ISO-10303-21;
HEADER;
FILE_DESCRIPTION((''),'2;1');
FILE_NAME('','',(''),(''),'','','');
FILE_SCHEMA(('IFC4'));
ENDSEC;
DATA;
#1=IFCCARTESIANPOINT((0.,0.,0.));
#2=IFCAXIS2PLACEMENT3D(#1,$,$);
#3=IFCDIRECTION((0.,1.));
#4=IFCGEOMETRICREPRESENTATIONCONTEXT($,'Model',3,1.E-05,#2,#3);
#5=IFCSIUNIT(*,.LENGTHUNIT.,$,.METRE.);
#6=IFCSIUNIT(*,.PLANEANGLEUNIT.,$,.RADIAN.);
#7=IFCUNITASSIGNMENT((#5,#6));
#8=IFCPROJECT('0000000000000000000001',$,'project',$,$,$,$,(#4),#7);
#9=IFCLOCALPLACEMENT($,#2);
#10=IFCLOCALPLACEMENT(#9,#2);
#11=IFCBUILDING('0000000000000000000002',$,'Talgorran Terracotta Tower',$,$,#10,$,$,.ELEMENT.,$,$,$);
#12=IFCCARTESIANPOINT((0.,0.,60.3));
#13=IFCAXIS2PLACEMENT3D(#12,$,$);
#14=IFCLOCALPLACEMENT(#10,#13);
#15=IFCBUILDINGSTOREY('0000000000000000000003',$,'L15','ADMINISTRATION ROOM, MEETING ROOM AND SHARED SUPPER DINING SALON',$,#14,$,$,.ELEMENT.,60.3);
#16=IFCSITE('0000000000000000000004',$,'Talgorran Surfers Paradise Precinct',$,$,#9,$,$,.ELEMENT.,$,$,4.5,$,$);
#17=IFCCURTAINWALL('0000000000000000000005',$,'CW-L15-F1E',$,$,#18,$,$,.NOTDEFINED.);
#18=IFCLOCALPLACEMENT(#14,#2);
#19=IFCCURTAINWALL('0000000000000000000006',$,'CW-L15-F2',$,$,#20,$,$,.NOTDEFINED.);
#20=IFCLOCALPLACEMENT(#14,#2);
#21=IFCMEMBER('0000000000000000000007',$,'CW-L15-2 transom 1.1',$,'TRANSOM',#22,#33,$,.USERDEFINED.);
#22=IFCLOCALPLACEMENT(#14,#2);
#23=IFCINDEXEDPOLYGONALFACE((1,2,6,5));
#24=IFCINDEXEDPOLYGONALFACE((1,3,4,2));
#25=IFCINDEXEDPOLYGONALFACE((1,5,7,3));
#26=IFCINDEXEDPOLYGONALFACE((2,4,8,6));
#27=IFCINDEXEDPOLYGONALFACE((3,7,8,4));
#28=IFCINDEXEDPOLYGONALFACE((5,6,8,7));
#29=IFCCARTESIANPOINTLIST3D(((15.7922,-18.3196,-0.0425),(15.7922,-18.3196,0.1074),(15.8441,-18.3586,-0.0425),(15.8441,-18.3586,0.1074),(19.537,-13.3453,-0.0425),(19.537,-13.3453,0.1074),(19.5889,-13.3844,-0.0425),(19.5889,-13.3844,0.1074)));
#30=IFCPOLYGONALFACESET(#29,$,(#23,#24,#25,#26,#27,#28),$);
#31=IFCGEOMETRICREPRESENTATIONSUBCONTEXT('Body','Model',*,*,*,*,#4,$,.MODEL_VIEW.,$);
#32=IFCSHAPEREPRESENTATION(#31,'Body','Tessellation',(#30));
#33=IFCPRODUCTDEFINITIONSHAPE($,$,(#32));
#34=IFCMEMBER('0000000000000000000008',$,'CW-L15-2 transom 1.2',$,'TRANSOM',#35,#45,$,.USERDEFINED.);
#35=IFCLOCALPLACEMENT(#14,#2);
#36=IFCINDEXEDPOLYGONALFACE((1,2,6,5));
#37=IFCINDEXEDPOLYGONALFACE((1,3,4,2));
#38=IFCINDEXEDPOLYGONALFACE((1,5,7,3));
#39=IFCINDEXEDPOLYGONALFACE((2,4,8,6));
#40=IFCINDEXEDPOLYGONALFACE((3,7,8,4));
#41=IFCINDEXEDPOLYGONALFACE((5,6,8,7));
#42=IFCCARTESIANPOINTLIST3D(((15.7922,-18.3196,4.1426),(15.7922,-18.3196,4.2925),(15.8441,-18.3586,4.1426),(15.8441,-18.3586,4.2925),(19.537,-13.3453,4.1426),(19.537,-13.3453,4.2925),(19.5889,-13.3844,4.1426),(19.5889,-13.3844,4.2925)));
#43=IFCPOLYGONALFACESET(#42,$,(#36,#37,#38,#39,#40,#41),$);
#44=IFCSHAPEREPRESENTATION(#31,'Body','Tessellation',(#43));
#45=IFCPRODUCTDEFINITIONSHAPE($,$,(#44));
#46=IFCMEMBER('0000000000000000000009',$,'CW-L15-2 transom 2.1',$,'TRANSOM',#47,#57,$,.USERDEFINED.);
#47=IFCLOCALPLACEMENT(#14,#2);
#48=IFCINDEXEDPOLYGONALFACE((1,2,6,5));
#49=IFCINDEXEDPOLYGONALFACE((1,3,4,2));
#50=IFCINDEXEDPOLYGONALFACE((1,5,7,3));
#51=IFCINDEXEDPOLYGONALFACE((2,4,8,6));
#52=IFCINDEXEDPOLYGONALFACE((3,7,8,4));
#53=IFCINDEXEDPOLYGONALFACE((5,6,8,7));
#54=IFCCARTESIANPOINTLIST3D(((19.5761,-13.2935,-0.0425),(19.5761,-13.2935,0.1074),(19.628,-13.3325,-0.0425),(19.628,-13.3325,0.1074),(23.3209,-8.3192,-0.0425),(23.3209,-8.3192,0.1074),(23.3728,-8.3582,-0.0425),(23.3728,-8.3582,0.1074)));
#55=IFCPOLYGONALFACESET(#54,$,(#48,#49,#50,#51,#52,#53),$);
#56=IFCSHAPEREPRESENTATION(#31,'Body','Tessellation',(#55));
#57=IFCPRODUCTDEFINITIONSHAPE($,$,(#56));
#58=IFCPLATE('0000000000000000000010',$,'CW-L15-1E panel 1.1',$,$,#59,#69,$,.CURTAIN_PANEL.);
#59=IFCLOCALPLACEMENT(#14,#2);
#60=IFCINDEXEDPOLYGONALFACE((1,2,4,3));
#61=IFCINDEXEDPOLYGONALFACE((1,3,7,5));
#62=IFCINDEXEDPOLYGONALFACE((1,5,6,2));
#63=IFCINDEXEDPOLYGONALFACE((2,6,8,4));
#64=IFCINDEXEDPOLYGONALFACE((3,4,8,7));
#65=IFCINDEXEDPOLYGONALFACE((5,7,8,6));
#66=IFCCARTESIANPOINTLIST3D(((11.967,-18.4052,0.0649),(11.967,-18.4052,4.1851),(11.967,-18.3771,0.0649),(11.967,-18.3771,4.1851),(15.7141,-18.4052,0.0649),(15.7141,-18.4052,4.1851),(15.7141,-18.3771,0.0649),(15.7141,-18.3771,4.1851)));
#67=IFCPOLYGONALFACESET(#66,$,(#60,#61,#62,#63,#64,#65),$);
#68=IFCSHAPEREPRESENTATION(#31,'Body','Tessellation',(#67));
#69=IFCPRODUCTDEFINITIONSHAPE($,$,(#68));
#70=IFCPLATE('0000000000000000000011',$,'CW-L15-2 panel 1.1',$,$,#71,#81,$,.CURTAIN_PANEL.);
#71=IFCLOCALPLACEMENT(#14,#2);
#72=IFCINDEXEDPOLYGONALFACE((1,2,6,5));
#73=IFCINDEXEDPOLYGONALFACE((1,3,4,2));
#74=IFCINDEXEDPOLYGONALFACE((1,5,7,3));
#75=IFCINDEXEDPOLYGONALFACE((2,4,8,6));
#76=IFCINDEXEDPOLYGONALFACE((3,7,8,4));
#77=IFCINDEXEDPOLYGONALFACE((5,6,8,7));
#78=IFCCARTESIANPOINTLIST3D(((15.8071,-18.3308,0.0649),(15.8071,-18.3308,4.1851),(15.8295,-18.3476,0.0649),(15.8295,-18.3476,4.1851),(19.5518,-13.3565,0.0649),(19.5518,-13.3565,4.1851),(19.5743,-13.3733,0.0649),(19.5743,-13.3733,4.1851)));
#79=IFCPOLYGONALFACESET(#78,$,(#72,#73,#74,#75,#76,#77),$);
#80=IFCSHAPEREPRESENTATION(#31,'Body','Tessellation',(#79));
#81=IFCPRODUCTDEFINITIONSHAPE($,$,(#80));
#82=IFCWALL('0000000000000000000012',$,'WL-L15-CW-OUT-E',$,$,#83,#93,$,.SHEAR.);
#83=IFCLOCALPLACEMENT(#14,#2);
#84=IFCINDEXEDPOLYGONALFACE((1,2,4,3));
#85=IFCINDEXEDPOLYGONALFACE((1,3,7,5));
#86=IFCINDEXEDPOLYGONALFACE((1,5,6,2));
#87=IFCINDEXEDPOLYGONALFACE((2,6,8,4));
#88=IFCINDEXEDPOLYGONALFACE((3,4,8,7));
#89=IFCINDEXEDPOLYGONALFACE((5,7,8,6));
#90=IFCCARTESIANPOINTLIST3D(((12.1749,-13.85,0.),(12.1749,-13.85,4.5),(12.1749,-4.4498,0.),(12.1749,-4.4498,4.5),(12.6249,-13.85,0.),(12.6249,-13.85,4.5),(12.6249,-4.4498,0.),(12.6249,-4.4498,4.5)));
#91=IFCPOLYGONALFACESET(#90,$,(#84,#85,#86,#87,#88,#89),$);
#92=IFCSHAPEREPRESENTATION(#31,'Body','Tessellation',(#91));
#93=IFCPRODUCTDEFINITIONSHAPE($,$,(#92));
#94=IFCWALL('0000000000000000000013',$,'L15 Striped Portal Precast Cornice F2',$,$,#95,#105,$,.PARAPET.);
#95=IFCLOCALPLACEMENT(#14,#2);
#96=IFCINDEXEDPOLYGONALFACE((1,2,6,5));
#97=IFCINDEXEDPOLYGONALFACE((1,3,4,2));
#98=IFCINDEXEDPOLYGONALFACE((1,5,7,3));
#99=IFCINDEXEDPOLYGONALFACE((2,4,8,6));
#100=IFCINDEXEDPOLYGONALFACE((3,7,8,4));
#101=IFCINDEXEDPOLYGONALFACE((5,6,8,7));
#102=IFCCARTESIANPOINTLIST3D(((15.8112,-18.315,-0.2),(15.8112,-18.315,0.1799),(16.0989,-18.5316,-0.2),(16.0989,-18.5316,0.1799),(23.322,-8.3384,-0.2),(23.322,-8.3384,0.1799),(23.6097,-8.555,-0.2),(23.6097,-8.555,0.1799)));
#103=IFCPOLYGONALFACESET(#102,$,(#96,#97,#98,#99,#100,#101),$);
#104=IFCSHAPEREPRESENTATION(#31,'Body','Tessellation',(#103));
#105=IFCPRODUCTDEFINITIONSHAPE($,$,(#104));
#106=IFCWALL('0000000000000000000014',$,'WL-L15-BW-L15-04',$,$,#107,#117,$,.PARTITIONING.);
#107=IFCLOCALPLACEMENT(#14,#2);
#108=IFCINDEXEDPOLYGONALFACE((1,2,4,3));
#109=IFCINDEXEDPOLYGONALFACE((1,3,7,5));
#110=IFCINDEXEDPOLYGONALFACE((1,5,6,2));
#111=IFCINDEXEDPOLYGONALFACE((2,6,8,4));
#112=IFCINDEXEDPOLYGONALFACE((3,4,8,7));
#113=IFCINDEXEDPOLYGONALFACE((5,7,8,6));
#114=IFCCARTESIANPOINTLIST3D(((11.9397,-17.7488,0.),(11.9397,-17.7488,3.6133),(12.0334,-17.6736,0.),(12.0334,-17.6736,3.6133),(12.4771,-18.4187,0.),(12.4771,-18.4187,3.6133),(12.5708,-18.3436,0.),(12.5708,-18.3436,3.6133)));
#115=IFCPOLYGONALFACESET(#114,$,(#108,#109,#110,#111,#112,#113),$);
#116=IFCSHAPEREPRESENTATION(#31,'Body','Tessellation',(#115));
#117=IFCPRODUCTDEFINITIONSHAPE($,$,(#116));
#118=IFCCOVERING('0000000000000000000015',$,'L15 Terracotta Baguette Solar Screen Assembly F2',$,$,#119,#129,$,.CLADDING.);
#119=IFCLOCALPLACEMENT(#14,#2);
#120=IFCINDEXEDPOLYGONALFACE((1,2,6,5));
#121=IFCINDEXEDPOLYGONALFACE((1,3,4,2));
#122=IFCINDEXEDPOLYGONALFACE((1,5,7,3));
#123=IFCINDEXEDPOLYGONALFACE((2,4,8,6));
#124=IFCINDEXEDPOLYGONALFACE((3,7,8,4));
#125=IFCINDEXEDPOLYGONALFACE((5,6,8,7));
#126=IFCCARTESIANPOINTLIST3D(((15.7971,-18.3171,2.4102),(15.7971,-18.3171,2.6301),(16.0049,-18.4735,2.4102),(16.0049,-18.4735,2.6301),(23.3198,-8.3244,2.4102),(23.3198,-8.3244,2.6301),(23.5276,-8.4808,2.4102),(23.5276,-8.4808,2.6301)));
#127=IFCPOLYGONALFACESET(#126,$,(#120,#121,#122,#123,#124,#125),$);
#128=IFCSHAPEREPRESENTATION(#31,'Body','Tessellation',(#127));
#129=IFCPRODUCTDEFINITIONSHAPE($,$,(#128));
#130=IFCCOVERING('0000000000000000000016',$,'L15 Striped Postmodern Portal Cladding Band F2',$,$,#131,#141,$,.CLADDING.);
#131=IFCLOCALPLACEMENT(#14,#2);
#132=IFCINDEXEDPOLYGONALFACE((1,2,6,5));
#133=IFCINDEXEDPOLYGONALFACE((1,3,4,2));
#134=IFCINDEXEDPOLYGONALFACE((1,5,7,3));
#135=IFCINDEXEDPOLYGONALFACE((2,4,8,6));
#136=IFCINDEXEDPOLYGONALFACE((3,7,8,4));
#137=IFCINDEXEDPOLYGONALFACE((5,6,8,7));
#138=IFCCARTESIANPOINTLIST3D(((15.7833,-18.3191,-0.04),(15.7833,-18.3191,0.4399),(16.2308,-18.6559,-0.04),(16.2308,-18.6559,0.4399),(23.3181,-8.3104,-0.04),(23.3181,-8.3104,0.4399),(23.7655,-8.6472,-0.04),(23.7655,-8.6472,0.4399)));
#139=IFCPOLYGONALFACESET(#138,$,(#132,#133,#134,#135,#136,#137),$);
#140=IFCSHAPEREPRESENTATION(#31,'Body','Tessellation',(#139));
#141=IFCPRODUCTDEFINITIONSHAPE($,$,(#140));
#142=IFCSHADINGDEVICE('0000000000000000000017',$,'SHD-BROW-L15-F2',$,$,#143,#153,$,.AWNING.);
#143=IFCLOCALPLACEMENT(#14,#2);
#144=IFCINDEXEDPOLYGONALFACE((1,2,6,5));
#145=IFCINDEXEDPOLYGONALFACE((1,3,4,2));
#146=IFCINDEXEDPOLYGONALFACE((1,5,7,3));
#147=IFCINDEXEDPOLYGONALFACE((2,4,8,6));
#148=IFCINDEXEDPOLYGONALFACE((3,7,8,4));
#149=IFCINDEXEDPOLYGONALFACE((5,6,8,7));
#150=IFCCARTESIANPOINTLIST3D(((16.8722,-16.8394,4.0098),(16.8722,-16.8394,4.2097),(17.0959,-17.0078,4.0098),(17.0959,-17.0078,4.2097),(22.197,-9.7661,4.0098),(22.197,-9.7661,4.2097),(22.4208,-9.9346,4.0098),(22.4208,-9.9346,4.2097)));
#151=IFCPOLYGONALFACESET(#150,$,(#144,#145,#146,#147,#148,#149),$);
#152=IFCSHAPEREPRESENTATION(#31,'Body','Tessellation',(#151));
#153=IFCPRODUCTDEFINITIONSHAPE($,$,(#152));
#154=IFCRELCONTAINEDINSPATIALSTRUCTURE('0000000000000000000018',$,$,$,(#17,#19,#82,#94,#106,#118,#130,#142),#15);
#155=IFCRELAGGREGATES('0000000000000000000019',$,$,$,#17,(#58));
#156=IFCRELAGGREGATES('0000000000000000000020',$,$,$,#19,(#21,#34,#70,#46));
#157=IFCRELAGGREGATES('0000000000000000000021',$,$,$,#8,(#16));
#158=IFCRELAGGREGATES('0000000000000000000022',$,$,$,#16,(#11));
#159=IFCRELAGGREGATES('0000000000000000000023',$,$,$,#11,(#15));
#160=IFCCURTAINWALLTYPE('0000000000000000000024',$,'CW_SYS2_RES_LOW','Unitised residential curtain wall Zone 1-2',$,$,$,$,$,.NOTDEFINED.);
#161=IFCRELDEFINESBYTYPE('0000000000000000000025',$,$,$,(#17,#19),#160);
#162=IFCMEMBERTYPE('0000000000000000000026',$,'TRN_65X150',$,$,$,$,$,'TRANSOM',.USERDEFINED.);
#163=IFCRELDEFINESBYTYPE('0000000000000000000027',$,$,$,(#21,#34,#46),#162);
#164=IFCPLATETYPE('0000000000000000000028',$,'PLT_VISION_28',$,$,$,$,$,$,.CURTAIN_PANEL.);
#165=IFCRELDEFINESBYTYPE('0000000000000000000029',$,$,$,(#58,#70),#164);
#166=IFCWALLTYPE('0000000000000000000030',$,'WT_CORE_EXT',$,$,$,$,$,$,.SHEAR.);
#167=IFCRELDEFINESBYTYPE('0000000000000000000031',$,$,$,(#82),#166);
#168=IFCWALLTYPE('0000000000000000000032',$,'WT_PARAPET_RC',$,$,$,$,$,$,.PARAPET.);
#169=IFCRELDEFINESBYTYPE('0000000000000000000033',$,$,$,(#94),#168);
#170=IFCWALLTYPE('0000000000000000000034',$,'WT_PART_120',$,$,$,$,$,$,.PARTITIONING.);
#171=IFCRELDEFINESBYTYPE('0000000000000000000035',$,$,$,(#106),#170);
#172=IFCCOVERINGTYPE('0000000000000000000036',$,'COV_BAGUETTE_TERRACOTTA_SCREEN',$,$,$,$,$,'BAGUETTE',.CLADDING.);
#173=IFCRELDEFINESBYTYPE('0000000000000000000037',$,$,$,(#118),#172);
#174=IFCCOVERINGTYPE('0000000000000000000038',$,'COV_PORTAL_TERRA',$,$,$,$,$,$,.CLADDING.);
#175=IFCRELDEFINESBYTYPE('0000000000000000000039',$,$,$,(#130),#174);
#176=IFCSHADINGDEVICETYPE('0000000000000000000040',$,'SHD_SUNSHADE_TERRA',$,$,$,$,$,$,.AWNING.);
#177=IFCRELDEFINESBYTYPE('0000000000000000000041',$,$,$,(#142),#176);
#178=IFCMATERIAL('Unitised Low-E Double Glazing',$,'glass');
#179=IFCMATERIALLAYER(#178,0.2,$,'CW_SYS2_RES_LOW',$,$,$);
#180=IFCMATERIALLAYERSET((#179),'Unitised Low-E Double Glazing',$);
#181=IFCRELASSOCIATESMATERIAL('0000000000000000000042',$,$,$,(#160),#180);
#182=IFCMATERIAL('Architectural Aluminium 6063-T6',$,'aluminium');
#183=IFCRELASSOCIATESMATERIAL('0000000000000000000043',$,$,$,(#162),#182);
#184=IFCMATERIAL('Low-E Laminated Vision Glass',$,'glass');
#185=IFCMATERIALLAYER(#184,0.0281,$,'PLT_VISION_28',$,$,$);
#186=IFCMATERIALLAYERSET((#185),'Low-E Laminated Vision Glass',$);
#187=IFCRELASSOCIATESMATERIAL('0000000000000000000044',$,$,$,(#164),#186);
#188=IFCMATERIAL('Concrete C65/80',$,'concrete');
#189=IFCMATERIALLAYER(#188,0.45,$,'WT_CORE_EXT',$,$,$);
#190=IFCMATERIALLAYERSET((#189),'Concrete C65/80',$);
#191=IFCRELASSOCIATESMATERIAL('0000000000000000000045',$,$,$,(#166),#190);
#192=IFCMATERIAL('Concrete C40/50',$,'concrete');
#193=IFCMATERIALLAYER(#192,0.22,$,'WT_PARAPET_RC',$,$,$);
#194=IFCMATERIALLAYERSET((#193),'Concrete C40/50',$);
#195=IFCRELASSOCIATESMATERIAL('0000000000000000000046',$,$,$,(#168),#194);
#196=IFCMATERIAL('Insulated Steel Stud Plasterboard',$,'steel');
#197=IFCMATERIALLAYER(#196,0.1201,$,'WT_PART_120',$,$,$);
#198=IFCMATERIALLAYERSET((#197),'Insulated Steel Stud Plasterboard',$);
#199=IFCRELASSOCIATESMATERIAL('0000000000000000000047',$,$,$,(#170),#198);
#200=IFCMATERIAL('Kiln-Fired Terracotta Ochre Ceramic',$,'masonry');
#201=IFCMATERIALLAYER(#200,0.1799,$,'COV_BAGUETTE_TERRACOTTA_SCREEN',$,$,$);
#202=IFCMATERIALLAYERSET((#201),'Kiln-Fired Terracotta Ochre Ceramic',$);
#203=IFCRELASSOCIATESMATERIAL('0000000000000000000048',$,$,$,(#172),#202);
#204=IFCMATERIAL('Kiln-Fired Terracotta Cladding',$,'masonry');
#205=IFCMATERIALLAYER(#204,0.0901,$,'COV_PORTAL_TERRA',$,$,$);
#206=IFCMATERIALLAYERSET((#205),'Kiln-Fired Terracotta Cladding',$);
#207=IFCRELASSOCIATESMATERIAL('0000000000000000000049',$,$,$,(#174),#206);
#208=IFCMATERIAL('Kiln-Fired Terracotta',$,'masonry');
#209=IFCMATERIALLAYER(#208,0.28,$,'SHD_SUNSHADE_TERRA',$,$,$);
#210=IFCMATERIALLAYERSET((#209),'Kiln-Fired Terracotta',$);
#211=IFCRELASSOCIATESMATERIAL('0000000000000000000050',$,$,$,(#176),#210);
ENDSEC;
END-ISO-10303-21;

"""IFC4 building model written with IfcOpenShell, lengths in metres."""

from ifc_helpers import new_model, si_unit, direction, frame, frame_2d, origin, origin_2d, place, context, subcontext, project, spatial, rectangle, extrude, source, transform, mapped, material, layer, layer_set, material_profile, profile_set, type_object, type_shapes, element, aggregate, save


model = new_model("IFC4")

# Units and contexts
model_context = context("Model", 3, precision=1e-05, world=origin(), true_north=direction((0.0, 1.0)))
body_context = subcontext(model_context, "Body", "Model", "MODEL_VIEW")
ifc_project = project(units=[si_unit("LENGTHUNIT", "METRE"), si_unit("PLANEANGLEUNIT", "RADIAN")], contexts=[model_context])

# Site, building, storey
site_placement = place(None, origin())
site = spatial("IfcSite", under=ifc_project, at=site_placement, Name="Talgorran Surfers Paradise Precinct", CompositionType="ELEMENT", RefElevation=4.5)
building_placement = place(site_placement, origin())
building = spatial("IfcBuilding", under=site, at=building_placement, Name="Talgorran Terracotta Tower", CompositionType="ELEMENT")
storey_placement = place(building_placement, frame((0.0, 0.0, 60.3)))
storey = spatial("IfcBuildingStorey", under=building, at=storey_placement, Name="L15", Description="ADMINISTRATION ROOM, MEETING ROOM AND SHARED SUPPER DINING SALON", CompositionType="ELEMENT", Elevation=60.3)

# Curtain walls
ifc_material_1 = material(Name="Unitised Low-E Double Glazing", Category="glass")
ifc_layer_1 = layer(ifc_material_1, 0.2, Name="CW_SYS2_RES_LOW")
ifc_layer_set_1 = layer_set([ifc_layer_1], Name="Unitised Low-E Double Glazing")
curtain_wall_type = type_object("IfcCurtainWallType", Name="CW_SYS2_RES_LOW", Description="Unitised residential curtain wall Zone 1-2", PredefinedType="NOTDEFINED", material=ifc_layer_set_1)
curtain_wall_1_placement = place(storey_placement, origin())
curtain_wall_1 = element("IfcCurtainWall", 1, at=curtain_wall_1_placement, inside=storey, type_object=curtain_wall_type, Name="CW-L15-F1E", PredefinedType="NOTDEFINED")
ifc_material_2 = material(Name="Architectural Aluminium 6063-T6", Category="aluminium")
curtain_wall_2_placement = place(storey_placement, origin())
curtain_wall_2 = element("IfcCurtainWall", 2, at=curtain_wall_2_placement, inside=storey, type_object=curtain_wall_type, Name="CW-L15-F2", PredefinedType="NOTDEFINED")

# Members
ifc_material_profile_1 = material_profile(ifc_material_2, rectangle(XDim=0.0649, YDim=0.1499, at=origin_2d()), Name="CWT65X150")
ifc_profile_set_1 = profile_set([ifc_material_profile_1], Name="Architectural Aluminium 6063-T6")
member_type_1 = type_object("IfcMemberType", Name="TRN_65X150", ElementType="TRANSOM", PredefinedType="USERDEFINED", material=ifc_profile_set_1)
member_1_placement = place(storey_placement, frame((15.8181, -18.3391, 0.0325), z_axis=(0.601448, 0.798912, 0.0), x_axis=(-0.798912, 0.601448, 0.0)))
member_1 = element("IfcMember", 3, at=member_1_placement, type_object=member_type_1, Name="CW-L15-2 transom 1.1", ObjectType="TRANSOM", PredefinedType="USERDEFINED", context=body_context, shape_type="SweptSolid", body=[
    extrude(rectangle(XDim=0.0649, YDim=0.1499, at=origin_2d()), origin(), (0.0, 0.0, 1.0), 6.2263),
])
member_2_placement = place(storey_placement, frame((15.8181, -18.3391, 4.2175), z_axis=(0.601448, 0.798912, 0.0), x_axis=(-0.798912, 0.601448, 0.0)))
member_2 = element("IfcMember", 4, at=member_2_placement, type_object=member_type_1, Name="CW-L15-2 transom 1.2", ObjectType="TRANSOM", PredefinedType="USERDEFINED", context=body_context, shape_type="SweptSolid", body=[
    extrude(rectangle(XDim=0.0649, YDim=0.1499, at=origin_2d()), origin(), (0.0, 0.0, 1.0), 6.2263),
])
member_3_placement = place(storey_placement, frame((19.6021, -13.313, 0.0325), z_axis=(0.601448, 0.798912, 0.0), x_axis=(-0.798912, 0.601448, 0.0)))
member_3 = element("IfcMember", 5, at=member_3_placement, type_object=member_type_1, Name="CW-L15-2 transom 2.1", ObjectType="TRANSOM", PredefinedType="USERDEFINED", context=body_context, shape_type="SweptSolid", body=[
    extrude(rectangle(XDim=0.0649, YDim=0.1499, at=origin_2d()), origin(), (0.0, 0.0, 1.0), 6.2263),
])

# Plates
ifc_material_3 = material(Name="Low-E Laminated Vision Glass", Category="glass")
ifc_layer_2 = layer(ifc_material_3, 0.0281, Name="PLT_VISION_28")
ifc_layer_set_2 = layer_set([ifc_layer_2], Name="Low-E Laminated Vision Glass")
plate_type = type_object("IfcPlateType", Name="PLT_VISION_28", PredefinedType="CURTAIN_PANEL", material=ifc_layer_set_2)
shared_shape_1 = source(origin(), body_context, "Body", "SweptSolid", [
    extrude(rectangle(XDim=3.7471, YDim=0.0281, at=origin_2d()), origin(), (0.0, 0.0, 1.0), 4.1201),
])
plate_1_placement = place(storey_placement, frame((13.8406, -18.3911, 0.0649), z_axis=(0.0, 0.0, 1.0), x_axis=(1.0, 0.0, 0.0)))
plate_1 = element("IfcPlate", 6, at=plate_1_placement, type_object=plate_type, Name="CW-L15-1E panel 1.1", PredefinedType="CURTAIN_PANEL", context=body_context, shape_type="MappedRepresentation", body=[
    mapped(shared_shape_1, transform((0.0, 0.0, 0.0), scale=1.0)),
])
aggregate(curtain_wall_1, [plate_1])
shared_shape_2 = source(origin(), body_context, "Body", "SweptSolid", [
    extrude(rectangle(XDim=6.2263, YDim=0.0281, at=origin_2d()), origin(), (0.0, 0.0, 1.0), 4.1201),
])
type_shapes(plate_type, [shared_shape_1, shared_shape_2])
plate_2_placement = place(storey_placement, frame((17.6907, -15.8521, 0.0649), z_axis=(0.0, 0.0, 1.0), x_axis=(0.601442, 0.798916, 0.0)))
plate_2 = element("IfcPlate", 7, at=plate_2_placement, type_object=plate_type, Name="CW-L15-2 panel 1.1", PredefinedType="CURTAIN_PANEL", context=body_context, shape_type="MappedRepresentation", body=[
    mapped(shared_shape_2, transform((0.0, 0.0, 0.0), scale=1.0)),
])
aggregate(curtain_wall_2, [member_1, member_2, plate_2, member_3])

# Walls
ifc_material_4 = material(Name="Concrete C65/80", Category="concrete")
ifc_layer_3 = layer(ifc_material_4, 0.45, Name="WT_CORE_EXT")
ifc_layer_set_3 = layer_set([ifc_layer_3], Name="Concrete C65/80")
wall_type_1 = type_object("IfcWallType", Name="WT_CORE_EXT", PredefinedType="SHEAR", material=ifc_layer_set_3)
wall_1_placement = place(storey_placement, frame((12.3999, -13.8501, 0.0), z_axis=(0.0, 0.0, 1.0), x_axis=(0.0, 1.0, 0.0)))
element("IfcWall", 8, at=wall_1_placement, inside=storey, type_object=wall_type_1, Name="WL-L15-CW-OUT-E", PredefinedType="SHEAR", context=body_context, shape_type="SweptSolid", body=[
    extrude(rectangle(XDim=9.4001, YDim=0.45, at=frame_2d((4.7002, 0.0))), origin(), (0.0, 0.0, 1.0), 4.5),
])
ifc_material_5 = material(Name="Concrete C40/50", Category="concrete")
ifc_layer_4 = layer(ifc_material_5, 0.22, Name="WT_PARAPET_RC")
ifc_layer_set_4 = layer_set([ifc_layer_4], Name="Concrete C40/50")
wall_type_2 = type_object("IfcWallType", Name="WT_PARAPET_RC", PredefinedType="PARAPET", material=ifc_layer_set_4)
wall_2_placement = place(storey_placement, frame((15.9551, -18.4233, -0.2), z_axis=(0.0, 0.0, 1.0), x_axis=(0.60145, 0.79891, 0.0)))
element("IfcWall", 9, at=wall_2_placement, inside=storey, type_object=wall_type_2, Name="L15 Striped Portal Precast Cornice F2", PredefinedType="PARAPET", context=body_context, shape_type="SweptSolid", body=[
    extrude(rectangle(XDim=12.4878, YDim=0.3601, at=frame_2d((6.2439, 0.0))), origin(), (0.0, 0.0, 1.0), 0.3799),
])
ifc_material_6 = material(Name="Insulated Steel Stud Plasterboard", Category="steel")
ifc_layer_5 = layer(ifc_material_6, 0.1201, Name="WT_PART_120")
ifc_layer_set_5 = layer_set([ifc_layer_5], Name="Insulated Steel Stud Plasterboard")
wall_type_3 = type_object("IfcWallType", Name="WT_PART_120", PredefinedType="PARTITIONING", material=ifc_layer_set_5)
wall_3_placement = place(storey_placement, frame((11.9866, -17.7112, 0.0), z_axis=(0.0, 0.0, 1.0), x_axis=(0.6257, -0.780064, 0.0)))
element("IfcWall", 10, at=wall_3_placement, inside=storey, type_object=wall_type_3, Name="WL-L15-BW-L15-04", PredefinedType="PARTITIONING", context=body_context, shape_type="SweptSolid", body=[
    extrude(rectangle(XDim=0.8589, YDim=0.1201, at=frame_2d((0.4294, 0.0))), origin(), (0.0, 0.0, 1.0), 3.6133),
])

# Coverings
ifc_material_7 = material(Name="Kiln-Fired Terracotta Ochre Ceramic", Category="masonry")
ifc_layer_6 = layer(ifc_material_7, 0.1799, Name="COV_BAGUETTE_TERRACOTTA_SCREEN")
ifc_layer_set_6 = layer_set([ifc_layer_6], Name="Kiln-Fired Terracotta Ochre Ceramic")
covering_type_1 = type_object("IfcCoveringType", Name="COV_BAGUETTE_TERRACOTTA_SCREEN", ElementType="BAGUETTE", PredefinedType="CLADDING", material=ifc_layer_set_6)
covering_1_placement = place(storey_placement, frame((19.6624, -13.3989, 2.4102), z_axis=(0.0, 0.0, 1.0), x_axis=(0.601439, 0.798919, 0.0)))
element("IfcCovering", 11, at=covering_1_placement, inside=storey, type_object=covering_type_1, Name="L15 Terracotta Baguette Solar Screen Assembly F2", PredefinedType="CLADDING", context=body_context, shape_type="SweptSolid", body=[
    extrude(rectangle(XDim=12.5078, YDim=0.26, at=origin_2d()), origin(), (0.0, 0.0, 1.0), 0.22),
])
ifc_material_8 = material(Name="Kiln-Fired Terracotta Cladding", Category="masonry")
ifc_layer_7 = layer(ifc_material_8, 0.0901, Name="COV_PORTAL_TERRA")
ifc_layer_set_7 = layer_set([ifc_layer_7], Name="Kiln-Fired Terracotta Cladding")
covering_type_2 = type_object("IfcCoveringType", Name="COV_PORTAL_TERRA", PredefinedType="CLADDING", material=ifc_layer_set_7)
covering_2_placement = place(storey_placement, frame((19.7744, -13.4832, -0.04), z_axis=(0.0, 0.0, 1.0), x_axis=(0.601439, 0.798919, 0.0)))
element("IfcCovering", 12, at=covering_2_placement, inside=storey, type_object=covering_type_2, Name="L15 Striped Postmodern Portal Cladding Band F2", PredefinedType="CLADDING", context=body_context, shape_type="SweptSolid", body=[
    extrude(rectangle(XDim=12.5278, YDim=0.5601, at=origin_2d()), origin(), (0.0, 0.0, 1.0), 0.48),
])

# Shading device
ifc_material_9 = material(Name="Kiln-Fired Terracotta", Category="masonry")
ifc_layer_8 = layer(ifc_material_9, 0.28, Name="SHD_SUNSHADE_TERRA")
ifc_layer_set_8 = layer_set([ifc_layer_8], Name="Kiln-Fired Terracotta")
shading_device_type = type_object("IfcShadingDeviceType", Name="SHD_SUNSHADE_TERRA", PredefinedType="AWNING", material=ifc_layer_set_8)
shared_shape_3 = source(origin(), body_context, "Body", "SweptSolid", [
    extrude(rectangle(XDim=8.8535, YDim=0.28, at=origin_2d()), origin(), (0.0, 0.0, 1.0), 0.2),
])
type_shapes(shading_device_type, [shared_shape_3])
shading_device_placement = place(storey_placement, frame((19.6465, -13.387, 4.0098), z_axis=(0.0, 0.0, 1.0), x_axis=(0.601439, 0.798919, 0.0)))
element("IfcShadingDevice", 13, at=shading_device_placement, inside=storey, type_object=shading_device_type, Name="SHD-BROW-L15-F2", PredefinedType="AWNING", context=body_context, shape_type="MappedRepresentation", body=[
    mapped(shared_shape_3, transform((0.0, 0.0, 0.0), scale=1.0)),
])

save(model, "model.ifc")
